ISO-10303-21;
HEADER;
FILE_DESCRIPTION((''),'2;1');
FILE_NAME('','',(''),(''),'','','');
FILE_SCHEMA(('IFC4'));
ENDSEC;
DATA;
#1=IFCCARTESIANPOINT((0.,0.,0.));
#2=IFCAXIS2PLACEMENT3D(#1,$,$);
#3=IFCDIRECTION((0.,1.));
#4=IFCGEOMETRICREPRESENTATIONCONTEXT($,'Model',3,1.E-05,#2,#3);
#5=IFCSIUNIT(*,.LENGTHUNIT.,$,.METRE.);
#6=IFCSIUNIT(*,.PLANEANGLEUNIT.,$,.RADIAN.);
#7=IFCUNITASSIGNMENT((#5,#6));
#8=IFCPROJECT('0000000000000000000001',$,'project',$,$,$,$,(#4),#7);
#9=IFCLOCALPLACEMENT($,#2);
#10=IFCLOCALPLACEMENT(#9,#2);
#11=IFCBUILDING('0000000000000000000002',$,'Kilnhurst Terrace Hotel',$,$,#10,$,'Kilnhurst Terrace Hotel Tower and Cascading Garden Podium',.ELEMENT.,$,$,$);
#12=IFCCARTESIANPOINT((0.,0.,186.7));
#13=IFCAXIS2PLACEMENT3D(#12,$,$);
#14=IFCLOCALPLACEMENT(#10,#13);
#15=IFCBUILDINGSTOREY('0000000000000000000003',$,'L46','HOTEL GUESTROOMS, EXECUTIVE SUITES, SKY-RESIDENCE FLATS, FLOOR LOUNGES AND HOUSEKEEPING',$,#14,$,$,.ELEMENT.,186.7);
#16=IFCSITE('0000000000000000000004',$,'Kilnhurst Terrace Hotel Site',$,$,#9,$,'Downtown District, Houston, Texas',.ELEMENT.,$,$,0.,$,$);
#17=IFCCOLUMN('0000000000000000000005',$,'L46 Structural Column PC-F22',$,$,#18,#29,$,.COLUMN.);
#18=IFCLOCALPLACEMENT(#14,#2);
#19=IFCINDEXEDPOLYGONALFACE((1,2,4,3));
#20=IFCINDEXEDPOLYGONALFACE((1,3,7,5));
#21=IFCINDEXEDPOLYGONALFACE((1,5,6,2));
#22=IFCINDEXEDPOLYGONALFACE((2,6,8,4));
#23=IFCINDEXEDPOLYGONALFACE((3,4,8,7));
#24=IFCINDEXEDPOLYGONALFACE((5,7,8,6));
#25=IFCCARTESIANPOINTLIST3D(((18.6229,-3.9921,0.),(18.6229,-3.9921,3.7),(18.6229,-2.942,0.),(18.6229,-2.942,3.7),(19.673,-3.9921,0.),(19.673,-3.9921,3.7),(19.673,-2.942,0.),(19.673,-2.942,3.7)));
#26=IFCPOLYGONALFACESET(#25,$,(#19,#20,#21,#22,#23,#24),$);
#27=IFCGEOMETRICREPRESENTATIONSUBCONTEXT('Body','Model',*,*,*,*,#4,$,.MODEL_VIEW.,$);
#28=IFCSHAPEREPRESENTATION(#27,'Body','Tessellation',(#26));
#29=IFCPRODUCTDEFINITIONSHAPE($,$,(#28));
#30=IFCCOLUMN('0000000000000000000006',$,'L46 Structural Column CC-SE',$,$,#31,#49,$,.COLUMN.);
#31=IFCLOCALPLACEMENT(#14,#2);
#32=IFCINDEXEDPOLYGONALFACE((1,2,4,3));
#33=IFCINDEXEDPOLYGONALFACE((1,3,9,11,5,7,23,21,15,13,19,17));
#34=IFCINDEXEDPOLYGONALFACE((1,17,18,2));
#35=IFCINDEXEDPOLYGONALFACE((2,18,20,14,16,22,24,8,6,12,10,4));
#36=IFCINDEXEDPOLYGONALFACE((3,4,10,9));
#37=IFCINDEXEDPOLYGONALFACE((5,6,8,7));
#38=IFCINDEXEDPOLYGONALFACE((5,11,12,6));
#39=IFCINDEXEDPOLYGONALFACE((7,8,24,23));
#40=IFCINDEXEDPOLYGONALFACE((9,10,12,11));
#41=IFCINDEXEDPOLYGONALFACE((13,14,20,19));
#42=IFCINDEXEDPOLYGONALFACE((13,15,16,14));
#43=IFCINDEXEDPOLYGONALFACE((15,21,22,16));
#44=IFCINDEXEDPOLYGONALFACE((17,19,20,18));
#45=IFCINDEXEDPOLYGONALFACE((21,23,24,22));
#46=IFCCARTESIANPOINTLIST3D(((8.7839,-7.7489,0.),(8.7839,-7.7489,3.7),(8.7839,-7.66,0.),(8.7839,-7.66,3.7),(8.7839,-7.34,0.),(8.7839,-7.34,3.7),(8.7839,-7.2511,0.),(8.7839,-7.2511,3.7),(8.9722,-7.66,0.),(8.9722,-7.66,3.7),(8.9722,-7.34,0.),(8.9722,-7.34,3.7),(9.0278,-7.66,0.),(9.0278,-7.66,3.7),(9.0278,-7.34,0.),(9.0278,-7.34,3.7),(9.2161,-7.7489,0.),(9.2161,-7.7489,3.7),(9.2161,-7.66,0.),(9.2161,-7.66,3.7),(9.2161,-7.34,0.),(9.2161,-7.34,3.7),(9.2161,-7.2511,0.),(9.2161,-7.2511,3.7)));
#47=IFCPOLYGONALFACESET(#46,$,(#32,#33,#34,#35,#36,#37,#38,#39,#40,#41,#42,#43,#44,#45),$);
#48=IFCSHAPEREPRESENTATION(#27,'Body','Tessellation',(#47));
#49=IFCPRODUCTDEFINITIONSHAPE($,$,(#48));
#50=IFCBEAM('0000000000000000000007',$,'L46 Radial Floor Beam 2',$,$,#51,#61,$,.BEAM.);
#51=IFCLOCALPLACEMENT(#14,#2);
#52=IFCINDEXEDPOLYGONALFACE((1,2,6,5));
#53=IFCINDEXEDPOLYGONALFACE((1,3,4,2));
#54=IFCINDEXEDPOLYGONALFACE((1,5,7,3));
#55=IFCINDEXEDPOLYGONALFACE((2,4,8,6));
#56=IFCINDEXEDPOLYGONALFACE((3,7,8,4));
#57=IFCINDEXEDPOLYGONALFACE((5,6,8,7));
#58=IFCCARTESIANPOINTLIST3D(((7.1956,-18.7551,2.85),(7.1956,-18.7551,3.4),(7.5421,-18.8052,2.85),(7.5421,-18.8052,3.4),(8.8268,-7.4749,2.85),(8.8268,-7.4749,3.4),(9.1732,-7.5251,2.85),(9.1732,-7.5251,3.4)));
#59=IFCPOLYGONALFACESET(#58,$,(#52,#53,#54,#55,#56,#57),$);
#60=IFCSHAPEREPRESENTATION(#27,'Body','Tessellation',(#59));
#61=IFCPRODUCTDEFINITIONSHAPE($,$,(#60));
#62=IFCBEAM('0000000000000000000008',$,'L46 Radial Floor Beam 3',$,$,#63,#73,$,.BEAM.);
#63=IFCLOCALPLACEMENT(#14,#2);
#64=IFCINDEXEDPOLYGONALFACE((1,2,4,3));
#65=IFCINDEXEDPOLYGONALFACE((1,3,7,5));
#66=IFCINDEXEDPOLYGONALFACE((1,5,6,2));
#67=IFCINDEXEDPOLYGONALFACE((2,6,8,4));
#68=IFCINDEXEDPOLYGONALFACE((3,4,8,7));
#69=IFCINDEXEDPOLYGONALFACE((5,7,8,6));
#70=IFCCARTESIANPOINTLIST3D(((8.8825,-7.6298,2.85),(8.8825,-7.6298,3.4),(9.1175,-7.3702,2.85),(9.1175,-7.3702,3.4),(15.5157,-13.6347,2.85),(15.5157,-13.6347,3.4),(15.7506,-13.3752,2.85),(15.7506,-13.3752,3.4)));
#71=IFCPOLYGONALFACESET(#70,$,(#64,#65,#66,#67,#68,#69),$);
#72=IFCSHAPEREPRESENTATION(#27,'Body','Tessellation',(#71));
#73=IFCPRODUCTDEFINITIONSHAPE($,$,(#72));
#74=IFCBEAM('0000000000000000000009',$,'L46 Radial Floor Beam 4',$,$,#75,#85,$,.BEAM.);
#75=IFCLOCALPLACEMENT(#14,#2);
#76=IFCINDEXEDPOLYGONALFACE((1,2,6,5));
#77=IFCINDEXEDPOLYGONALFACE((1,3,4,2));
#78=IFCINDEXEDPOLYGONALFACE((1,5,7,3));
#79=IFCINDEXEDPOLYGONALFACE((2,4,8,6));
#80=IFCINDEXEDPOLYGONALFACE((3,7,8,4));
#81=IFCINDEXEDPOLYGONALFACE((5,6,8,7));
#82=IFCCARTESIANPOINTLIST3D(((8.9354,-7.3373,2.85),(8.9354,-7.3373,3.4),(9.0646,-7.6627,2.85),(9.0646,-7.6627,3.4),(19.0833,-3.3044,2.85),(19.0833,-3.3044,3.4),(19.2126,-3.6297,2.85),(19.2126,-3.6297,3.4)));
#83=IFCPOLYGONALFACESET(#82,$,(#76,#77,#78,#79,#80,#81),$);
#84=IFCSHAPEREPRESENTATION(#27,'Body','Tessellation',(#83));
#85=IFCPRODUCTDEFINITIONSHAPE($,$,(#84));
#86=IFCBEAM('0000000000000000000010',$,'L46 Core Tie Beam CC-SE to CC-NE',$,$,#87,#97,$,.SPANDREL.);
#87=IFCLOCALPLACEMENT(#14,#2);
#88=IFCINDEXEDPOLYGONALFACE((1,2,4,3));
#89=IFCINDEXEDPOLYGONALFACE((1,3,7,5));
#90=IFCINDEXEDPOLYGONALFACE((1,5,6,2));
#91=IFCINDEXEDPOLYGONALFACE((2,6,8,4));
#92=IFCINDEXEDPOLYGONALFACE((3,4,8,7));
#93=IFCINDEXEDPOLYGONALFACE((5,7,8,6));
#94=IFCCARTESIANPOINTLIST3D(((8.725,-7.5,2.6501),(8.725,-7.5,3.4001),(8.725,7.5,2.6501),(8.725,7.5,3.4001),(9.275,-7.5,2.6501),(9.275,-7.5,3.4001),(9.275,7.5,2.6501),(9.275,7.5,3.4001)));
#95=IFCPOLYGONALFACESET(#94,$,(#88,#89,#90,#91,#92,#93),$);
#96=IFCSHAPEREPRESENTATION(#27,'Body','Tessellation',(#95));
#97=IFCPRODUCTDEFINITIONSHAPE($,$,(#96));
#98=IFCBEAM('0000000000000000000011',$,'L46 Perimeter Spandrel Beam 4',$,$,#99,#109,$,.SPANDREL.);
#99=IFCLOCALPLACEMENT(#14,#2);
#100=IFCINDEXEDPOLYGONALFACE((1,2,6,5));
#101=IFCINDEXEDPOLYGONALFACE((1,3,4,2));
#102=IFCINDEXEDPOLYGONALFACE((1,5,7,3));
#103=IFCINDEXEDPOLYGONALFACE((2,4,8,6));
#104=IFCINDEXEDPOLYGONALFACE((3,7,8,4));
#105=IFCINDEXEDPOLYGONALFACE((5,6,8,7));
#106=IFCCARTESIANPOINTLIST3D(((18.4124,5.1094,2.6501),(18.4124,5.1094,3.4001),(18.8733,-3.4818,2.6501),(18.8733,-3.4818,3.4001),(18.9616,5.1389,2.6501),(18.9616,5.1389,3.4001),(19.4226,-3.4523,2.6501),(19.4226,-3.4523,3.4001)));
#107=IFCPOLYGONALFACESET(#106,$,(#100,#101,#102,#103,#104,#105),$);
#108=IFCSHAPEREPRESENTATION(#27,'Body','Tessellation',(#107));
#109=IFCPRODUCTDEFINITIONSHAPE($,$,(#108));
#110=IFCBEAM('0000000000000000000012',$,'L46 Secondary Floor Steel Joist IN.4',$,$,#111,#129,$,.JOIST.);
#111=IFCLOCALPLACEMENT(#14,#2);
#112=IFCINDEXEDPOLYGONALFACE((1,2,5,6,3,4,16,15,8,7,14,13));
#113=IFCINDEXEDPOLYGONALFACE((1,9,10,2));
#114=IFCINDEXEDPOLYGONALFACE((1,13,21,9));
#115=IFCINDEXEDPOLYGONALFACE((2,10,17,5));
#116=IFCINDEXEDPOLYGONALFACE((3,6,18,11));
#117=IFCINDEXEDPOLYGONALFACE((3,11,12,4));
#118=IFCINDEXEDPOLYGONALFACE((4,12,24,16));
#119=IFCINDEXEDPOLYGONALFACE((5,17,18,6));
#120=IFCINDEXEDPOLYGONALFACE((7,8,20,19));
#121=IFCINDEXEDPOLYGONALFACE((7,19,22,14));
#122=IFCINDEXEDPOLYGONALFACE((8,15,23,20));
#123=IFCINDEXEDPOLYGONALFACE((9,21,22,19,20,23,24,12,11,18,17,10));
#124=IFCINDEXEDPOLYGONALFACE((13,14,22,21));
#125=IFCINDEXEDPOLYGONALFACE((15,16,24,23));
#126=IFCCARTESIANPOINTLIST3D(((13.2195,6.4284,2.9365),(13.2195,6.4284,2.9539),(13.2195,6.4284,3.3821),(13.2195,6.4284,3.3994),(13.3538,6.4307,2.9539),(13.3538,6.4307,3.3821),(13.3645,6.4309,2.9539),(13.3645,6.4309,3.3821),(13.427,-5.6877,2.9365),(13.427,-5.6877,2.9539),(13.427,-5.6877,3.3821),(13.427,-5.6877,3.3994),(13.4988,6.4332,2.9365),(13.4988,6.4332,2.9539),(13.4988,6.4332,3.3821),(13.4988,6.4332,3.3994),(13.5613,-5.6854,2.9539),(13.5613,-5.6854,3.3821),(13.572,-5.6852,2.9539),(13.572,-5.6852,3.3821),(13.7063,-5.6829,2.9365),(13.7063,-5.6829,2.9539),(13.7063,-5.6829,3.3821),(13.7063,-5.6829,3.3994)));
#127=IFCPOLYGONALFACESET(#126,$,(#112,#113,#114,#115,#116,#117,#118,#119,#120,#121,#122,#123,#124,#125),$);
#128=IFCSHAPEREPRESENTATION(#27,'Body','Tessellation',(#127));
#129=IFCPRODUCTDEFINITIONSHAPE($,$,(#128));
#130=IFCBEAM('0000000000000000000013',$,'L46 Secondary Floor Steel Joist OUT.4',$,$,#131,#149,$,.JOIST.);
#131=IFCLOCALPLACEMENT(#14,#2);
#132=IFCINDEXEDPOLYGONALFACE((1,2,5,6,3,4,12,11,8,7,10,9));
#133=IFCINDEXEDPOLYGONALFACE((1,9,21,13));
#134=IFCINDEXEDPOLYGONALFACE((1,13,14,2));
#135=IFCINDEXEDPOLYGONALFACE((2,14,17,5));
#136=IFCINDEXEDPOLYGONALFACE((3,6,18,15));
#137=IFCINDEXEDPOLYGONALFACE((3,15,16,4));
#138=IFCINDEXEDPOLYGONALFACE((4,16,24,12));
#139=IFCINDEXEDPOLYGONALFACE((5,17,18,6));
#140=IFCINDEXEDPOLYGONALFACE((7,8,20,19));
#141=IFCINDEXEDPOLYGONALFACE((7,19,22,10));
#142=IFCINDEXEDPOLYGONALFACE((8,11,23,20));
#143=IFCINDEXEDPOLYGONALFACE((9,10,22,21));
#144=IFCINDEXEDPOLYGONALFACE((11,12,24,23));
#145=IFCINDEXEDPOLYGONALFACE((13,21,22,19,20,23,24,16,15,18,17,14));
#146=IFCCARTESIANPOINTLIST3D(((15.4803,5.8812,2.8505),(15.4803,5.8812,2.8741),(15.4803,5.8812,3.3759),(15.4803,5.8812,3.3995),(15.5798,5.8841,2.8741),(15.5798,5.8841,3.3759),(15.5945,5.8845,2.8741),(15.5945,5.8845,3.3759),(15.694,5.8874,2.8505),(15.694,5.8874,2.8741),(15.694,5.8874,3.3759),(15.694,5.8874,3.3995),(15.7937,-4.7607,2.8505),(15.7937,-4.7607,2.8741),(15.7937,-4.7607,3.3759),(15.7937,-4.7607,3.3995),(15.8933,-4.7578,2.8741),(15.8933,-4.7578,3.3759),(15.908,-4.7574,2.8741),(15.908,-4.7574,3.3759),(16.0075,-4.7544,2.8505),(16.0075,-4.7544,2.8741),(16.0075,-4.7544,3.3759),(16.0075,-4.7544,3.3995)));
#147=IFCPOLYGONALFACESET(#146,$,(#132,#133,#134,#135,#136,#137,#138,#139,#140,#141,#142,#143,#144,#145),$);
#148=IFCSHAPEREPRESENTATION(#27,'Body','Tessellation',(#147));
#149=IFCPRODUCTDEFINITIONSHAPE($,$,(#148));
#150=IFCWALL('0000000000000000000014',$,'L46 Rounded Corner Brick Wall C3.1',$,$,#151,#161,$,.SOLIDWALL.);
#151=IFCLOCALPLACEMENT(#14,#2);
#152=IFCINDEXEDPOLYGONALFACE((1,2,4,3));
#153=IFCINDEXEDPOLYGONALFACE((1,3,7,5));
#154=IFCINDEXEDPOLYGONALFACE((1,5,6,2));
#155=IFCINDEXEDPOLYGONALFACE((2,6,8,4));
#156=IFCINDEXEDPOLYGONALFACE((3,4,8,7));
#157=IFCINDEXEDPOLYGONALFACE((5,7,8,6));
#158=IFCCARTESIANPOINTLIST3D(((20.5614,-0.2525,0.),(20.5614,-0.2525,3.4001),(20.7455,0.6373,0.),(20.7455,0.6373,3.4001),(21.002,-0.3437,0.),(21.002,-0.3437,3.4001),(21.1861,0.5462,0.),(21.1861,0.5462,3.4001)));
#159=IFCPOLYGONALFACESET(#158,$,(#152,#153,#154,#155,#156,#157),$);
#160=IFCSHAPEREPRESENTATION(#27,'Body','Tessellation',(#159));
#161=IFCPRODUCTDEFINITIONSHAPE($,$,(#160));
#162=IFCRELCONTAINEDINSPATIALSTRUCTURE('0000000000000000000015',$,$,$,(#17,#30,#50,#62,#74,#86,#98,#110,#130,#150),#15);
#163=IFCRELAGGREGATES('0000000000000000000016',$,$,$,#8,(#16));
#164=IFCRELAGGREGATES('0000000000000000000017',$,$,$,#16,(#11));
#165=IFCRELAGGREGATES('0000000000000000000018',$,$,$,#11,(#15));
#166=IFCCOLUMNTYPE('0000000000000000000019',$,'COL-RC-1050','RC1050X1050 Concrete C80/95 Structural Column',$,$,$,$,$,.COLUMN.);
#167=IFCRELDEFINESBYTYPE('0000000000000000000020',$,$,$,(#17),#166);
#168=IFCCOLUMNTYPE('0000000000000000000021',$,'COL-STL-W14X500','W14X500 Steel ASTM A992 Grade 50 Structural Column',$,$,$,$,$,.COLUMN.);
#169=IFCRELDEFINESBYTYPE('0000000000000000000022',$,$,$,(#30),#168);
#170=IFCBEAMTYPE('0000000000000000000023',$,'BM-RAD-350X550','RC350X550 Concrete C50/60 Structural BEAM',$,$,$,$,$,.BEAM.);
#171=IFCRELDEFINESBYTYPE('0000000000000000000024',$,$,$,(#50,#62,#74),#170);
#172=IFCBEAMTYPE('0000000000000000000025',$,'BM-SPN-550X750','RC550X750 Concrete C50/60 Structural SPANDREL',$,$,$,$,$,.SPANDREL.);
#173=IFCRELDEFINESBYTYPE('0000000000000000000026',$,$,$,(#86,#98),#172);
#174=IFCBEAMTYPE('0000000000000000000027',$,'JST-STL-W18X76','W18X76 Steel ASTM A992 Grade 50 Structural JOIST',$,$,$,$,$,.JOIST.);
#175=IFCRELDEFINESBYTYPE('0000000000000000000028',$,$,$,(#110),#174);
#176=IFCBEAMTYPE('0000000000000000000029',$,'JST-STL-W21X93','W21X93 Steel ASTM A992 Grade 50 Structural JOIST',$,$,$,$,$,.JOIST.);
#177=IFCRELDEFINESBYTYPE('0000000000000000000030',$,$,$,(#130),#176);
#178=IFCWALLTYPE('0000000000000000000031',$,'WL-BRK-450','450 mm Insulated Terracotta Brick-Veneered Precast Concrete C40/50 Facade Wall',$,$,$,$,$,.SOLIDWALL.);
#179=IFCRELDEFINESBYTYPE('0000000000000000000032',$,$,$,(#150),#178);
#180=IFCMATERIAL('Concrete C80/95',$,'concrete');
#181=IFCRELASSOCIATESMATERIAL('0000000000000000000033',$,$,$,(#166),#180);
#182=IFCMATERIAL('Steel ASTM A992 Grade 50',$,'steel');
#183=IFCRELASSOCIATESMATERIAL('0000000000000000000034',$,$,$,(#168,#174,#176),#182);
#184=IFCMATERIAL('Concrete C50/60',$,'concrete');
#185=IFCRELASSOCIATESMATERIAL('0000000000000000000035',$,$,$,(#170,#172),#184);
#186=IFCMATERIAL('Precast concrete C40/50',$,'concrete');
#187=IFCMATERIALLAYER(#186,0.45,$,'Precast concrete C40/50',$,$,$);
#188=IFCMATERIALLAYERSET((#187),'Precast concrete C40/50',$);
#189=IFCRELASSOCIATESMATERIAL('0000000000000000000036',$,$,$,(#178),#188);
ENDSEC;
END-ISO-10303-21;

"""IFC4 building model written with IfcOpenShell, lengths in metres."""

from ifc_helpers import new_model, si_unit, direction, frame, frame_2d, origin, origin_2d, place, context, subcontext, project, spatial, rectangle, i_section, extrude, material, layer, layer_set, material_profile, profile_set, type_object, element, save


model = new_model("IFC4")

# Units and contexts
model_context = context("Model", 3, precision=1e-05, world=origin(), true_north=direction((0.0, 1.0)))
body_context = subcontext(model_context, "Body", "Model", "MODEL_VIEW")
ifc_project = project(units=[si_unit("LENGTHUNIT", "METRE"), si_unit("PLANEANGLEUNIT", "RADIAN")], contexts=[model_context])

# Site, building, storey
site_placement = place(None, origin())
site = spatial("IfcSite", under=ifc_project, at=site_placement, Name="Kilnhurst Terrace Hotel Site", LongName="Downtown District, Houston, Texas", CompositionType="ELEMENT", RefElevation=0.0)
building_placement = place(site_placement, origin())
building = spatial("IfcBuilding", under=site, at=building_placement, Name="Kilnhurst Terrace Hotel", LongName="Kilnhurst Terrace Hotel Tower and Cascading Garden Podium", CompositionType="ELEMENT")
storey_placement = place(building_placement, frame((0.0, 0.0, 186.7)))
storey = spatial("IfcBuildingStorey", under=building, at=storey_placement, Name="L46", Description="HOTEL GUESTROOMS, EXECUTIVE SUITES, SKY-RESIDENCE FLATS, FLOOR LOUNGES AND HOUSEKEEPING", CompositionType="ELEMENT", Elevation=186.7)

# Columns
ifc_material_1 = material(Name="Concrete C80/95", Category="concrete")
ifc_material_profile_1 = material_profile(ifc_material_1, rectangle(XDim=1.05, YDim=1.05, at=origin_2d()), Name="RC1050X1050")
ifc_profile_set_1 = profile_set([ifc_material_profile_1], Name="Concrete C80/95")
column_type_1 = type_object("IfcColumnType", Name="COL-RC-1050", Description="RC1050X1050 Concrete C80/95 Structural Column", PredefinedType="COLUMN", material=ifc_profile_set_1)
column_1_placement = place(storey_placement, frame((19.1479, -3.467, 0.0), z_axis=(0.0, 0.0, 1.0), x_axis=(1.0, 0.0, 0.0)))
element("IfcColumn", 1, at=column_1_placement, inside=storey, type_object=column_type_1, Name="L46 Structural Column PC-F22", PredefinedType="COLUMN", context=body_context, shape_type="SweptSolid", body=[
    extrude(rectangle(XDim=1.05, YDim=1.05, at=origin_2d()), origin(), (0.0, 0.0, 1.0), 3.7),
])
ifc_material_2 = material(Name="Steel ASTM A992 Grade 50", Category="steel")
ifc_material_profile_2 = material_profile(ifc_material_2, i_section(OverallWidth=0.4321, OverallDepth=0.4978, WebThickness=0.0557, FlangeThickness=0.0889, at=origin_2d()), Name="W14X500")
ifc_profile_set_2 = profile_set([ifc_material_profile_2], Name="Steel ASTM A992 Grade 50")
column_type_2 = type_object("IfcColumnType", Name="COL-STL-W14X500", Description="W14X500 Steel ASTM A992 Grade 50 Structural Column", PredefinedType="COLUMN", material=ifc_profile_set_2)
column_2_placement = place(storey_placement, frame((9.0, -7.5, 0.0), z_axis=(0.0, 0.0, 1.0), x_axis=(1.0, 0.0, 0.0)))
element("IfcColumn", 2, at=column_2_placement, inside=storey, type_object=column_type_2, Name="L46 Structural Column CC-SE", PredefinedType="COLUMN", context=body_context, shape_type="SweptSolid", body=[
    extrude(i_section(OverallWidth=0.4321, OverallDepth=0.4978, WebThickness=0.0557, FlangeThickness=0.0889, at=origin_2d()), origin(), (0.0, 0.0, 1.0), 3.7),
])

# Beams
ifc_material_3 = material(Name="Concrete C50/60", Category="concrete")
ifc_material_profile_3 = material_profile(ifc_material_3, rectangle(XDim=0.3501, YDim=0.55, at=origin_2d()), Name="RC350X550")
ifc_profile_set_3 = profile_set([ifc_material_profile_3], Name="Concrete C50/60")
beam_type_1 = type_object("IfcBeamType", Name="BM-RAD-350X550", Description="RC350X550 Concrete C50/60 Structural BEAM", PredefinedType="BEAM", material=ifc_profile_set_3)
beam_1_placement = place(storey_placement, frame((9.0, -7.5, 3.125), z_axis=(-0.143113, -0.989706, 0.0), x_axis=(0.989706, -0.143113, 0.0)))
element("IfcBeam", 3, at=beam_1_placement, inside=storey, type_object=beam_type_1, Name="L46 Radial Floor Beam 2", PredefinedType="BEAM", context=body_context, shape_type="SweptSolid", body=[
    extrude(rectangle(XDim=0.3501, YDim=0.55, at=origin_2d()), origin(), (0.0, 0.0, 1.0), 11.3975),
])
beam_2_placement = place(storey_placement, frame((9.0, -7.5, 3.125), z_axis=(0.741339, -0.671131, 0.0), x_axis=(0.671131, 0.741339, 0.0)))
element("IfcBeam", 4, at=beam_2_placement, inside=storey, type_object=beam_type_1, Name="L46 Radial Floor Beam 3", PredefinedType="BEAM", context=body_context, shape_type="SweptSolid", body=[
    extrude(rectangle(XDim=0.3501, YDim=0.55, at=origin_2d()), origin(), (0.0, 0.0, 1.0), 8.9475),
])
beam_3_placement = place(storey_placement, frame((9.0, -7.5, 3.125), z_axis=(0.929302, 0.36932, 0.0), x_axis=(-0.36932, 0.929302, 0.0)))
element("IfcBeam", 5, at=beam_3_placement, inside=storey, type_object=beam_type_1, Name="L46 Radial Floor Beam 4", PredefinedType="BEAM", context=body_context, shape_type="SweptSolid", body=[
    extrude(rectangle(XDim=0.3501, YDim=0.55, at=origin_2d()), origin(), (0.0, 0.0, 1.0), 10.9199),
])
ifc_material_profile_4 = material_profile(ifc_material_3, rectangle(XDim=0.55, YDim=0.75, at=origin_2d()), Name="RC550X750")
ifc_profile_set_4 = profile_set([ifc_material_profile_4], Name="Concrete C50/60")
beam_type_2 = type_object("IfcBeamType", Name="BM-SPN-550X750", Description="RC550X750 Concrete C50/60 Structural SPANDREL", PredefinedType="SPANDREL", material=ifc_profile_set_4)
beam_4_placement = place(storey_placement, frame((9.0, -7.5, 3.0251), z_axis=(0.0, 1.0, 0.0), x_axis=(-1.0, 0.0, 0.0)))
element("IfcBeam", 6, at=beam_4_placement, inside=storey, type_object=beam_type_2, Name="L46 Core Tie Beam CC-SE to CC-NE", PredefinedType="SPANDREL", context=body_context, shape_type="SweptSolid", body=[
    extrude(rectangle(XDim=0.55, YDim=0.75, at=origin_2d()), origin(), (0.0, 0.0, 1.0), 15.0),
])
beam_5_placement = place(storey_placement, frame((19.1479, -3.467, 3.0251), z_axis=(-0.053576, 0.998564, 0.0), x_axis=(-0.998564, -0.053576, 0.0)))
element("IfcBeam", 7, at=beam_5_placement, inside=storey, type_object=beam_type_2, Name="L46 Perimeter Spandrel Beam 4", PredefinedType="SPANDREL", context=body_context, shape_type="SweptSolid", body=[
    extrude(rectangle(XDim=0.55, YDim=0.75, at=origin_2d()), origin(), (0.0, 0.0, 1.0), 8.6035),
])
ifc_material_profile_5 = material_profile(ifc_material_2, i_section(OverallWidth=0.2793, OverallDepth=0.4629, WebThickness=0.0107, FlangeThickness=0.0173, at=origin_2d()), Name="W18X76")
ifc_profile_set_5 = profile_set([ifc_material_profile_5], Name="Steel ASTM A992 Grade 50")
beam_type_3 = type_object("IfcBeamType", Name="JST-STL-W18X76", Description="W18X76 Steel ASTM A992 Grade 50 Structural JOIST", PredefinedType="JOIST", material=ifc_profile_set_5)
beam_6_placement = place(storey_placement, frame((13.5667, -5.6853, 3.168), z_axis=(-0.017125, 0.999853, 0.0), x_axis=(-0.999853, -0.017125, 0.0)))
element("IfcBeam", 8, at=beam_6_placement, inside=storey, type_object=beam_type_3, Name="L46 Secondary Floor Steel Joist IN.4", PredefinedType="JOIST", context=body_context, shape_type="SweptSolid", body=[
    extrude(i_section(OverallWidth=0.2793, OverallDepth=0.4629, WebThickness=0.0107, FlangeThickness=0.0173, at=origin_2d()), origin(), (0.0, 0.0, 1.0), 12.1179),
])
ifc_material_profile_6 = material_profile(ifc_material_2, i_section(OverallWidth=0.2139, OverallDepth=0.5491, WebThickness=0.0146, FlangeThickness=0.0237, at=origin_2d()), Name="W21X93")
ifc_profile_set_6 = profile_set([ifc_material_profile_6], Name="Steel ASTM A992 Grade 50")
beam_type_4 = type_object("IfcBeamType", Name="JST-STL-W21X93", Description="W21X93 Steel ASTM A992 Grade 50 Structural JOIST", PredefinedType="JOIST", material=ifc_profile_set_6)
beam_7_placement = place(storey_placement, frame((15.9006, -4.7576, 3.125), z_axis=(-0.029444, 0.999566, 0.0), x_axis=(-0.999566, -0.029444, 0.0)))
element("IfcBeam", 9, at=beam_7_placement, inside=storey, type_object=beam_type_4, Name="L46 Secondary Floor Steel Joist OUT.4", PredefinedType="JOIST", context=body_context, shape_type="SweptSolid", body=[
    extrude(i_section(OverallWidth=0.2139, OverallDepth=0.5491, WebThickness=0.0146, FlangeThickness=0.0237, at=origin_2d()), origin(), (0.0, 0.0, 1.0), 10.6465),
])

# Wall
ifc_material_4 = material(Name="Precast concrete C40/50", Category="concrete")
ifc_layer_1 = layer(ifc_material_4, 0.45, Name="Precast concrete C40/50")
ifc_layer_set_1 = layer_set([ifc_layer_1], Name="Precast concrete C40/50")
wall_type_1 = type_object("IfcWallType", Name="WL-BRK-450", Description="450 mm Insulated Terracotta Brick-Veneered Precast Concrete C40/50 Facade Wall", PredefinedType="SOLIDWALL", material=ifc_layer_set_1)
wall_1_placement = place(storey_placement, frame((20.7817, -0.2981, 0.0), z_axis=(0.0, 0.0, 1.0), x_axis=(0.20257, 0.979268, 0.0)))
element("IfcWall", 10, at=wall_1_placement, inside=storey, type_object=wall_type_1, Name="L46 Rounded Corner Brick Wall C3.1", PredefinedType="SOLIDWALL", context=body_context, shape_type="SweptSolid", body=[
    extrude(rectangle(XDim=0.9087, YDim=0.45, at=frame_2d((0.4543, 0.0))), origin(), (0.0, 0.0, 1.0), 3.4001),
])

save(model, "model.ifc")
